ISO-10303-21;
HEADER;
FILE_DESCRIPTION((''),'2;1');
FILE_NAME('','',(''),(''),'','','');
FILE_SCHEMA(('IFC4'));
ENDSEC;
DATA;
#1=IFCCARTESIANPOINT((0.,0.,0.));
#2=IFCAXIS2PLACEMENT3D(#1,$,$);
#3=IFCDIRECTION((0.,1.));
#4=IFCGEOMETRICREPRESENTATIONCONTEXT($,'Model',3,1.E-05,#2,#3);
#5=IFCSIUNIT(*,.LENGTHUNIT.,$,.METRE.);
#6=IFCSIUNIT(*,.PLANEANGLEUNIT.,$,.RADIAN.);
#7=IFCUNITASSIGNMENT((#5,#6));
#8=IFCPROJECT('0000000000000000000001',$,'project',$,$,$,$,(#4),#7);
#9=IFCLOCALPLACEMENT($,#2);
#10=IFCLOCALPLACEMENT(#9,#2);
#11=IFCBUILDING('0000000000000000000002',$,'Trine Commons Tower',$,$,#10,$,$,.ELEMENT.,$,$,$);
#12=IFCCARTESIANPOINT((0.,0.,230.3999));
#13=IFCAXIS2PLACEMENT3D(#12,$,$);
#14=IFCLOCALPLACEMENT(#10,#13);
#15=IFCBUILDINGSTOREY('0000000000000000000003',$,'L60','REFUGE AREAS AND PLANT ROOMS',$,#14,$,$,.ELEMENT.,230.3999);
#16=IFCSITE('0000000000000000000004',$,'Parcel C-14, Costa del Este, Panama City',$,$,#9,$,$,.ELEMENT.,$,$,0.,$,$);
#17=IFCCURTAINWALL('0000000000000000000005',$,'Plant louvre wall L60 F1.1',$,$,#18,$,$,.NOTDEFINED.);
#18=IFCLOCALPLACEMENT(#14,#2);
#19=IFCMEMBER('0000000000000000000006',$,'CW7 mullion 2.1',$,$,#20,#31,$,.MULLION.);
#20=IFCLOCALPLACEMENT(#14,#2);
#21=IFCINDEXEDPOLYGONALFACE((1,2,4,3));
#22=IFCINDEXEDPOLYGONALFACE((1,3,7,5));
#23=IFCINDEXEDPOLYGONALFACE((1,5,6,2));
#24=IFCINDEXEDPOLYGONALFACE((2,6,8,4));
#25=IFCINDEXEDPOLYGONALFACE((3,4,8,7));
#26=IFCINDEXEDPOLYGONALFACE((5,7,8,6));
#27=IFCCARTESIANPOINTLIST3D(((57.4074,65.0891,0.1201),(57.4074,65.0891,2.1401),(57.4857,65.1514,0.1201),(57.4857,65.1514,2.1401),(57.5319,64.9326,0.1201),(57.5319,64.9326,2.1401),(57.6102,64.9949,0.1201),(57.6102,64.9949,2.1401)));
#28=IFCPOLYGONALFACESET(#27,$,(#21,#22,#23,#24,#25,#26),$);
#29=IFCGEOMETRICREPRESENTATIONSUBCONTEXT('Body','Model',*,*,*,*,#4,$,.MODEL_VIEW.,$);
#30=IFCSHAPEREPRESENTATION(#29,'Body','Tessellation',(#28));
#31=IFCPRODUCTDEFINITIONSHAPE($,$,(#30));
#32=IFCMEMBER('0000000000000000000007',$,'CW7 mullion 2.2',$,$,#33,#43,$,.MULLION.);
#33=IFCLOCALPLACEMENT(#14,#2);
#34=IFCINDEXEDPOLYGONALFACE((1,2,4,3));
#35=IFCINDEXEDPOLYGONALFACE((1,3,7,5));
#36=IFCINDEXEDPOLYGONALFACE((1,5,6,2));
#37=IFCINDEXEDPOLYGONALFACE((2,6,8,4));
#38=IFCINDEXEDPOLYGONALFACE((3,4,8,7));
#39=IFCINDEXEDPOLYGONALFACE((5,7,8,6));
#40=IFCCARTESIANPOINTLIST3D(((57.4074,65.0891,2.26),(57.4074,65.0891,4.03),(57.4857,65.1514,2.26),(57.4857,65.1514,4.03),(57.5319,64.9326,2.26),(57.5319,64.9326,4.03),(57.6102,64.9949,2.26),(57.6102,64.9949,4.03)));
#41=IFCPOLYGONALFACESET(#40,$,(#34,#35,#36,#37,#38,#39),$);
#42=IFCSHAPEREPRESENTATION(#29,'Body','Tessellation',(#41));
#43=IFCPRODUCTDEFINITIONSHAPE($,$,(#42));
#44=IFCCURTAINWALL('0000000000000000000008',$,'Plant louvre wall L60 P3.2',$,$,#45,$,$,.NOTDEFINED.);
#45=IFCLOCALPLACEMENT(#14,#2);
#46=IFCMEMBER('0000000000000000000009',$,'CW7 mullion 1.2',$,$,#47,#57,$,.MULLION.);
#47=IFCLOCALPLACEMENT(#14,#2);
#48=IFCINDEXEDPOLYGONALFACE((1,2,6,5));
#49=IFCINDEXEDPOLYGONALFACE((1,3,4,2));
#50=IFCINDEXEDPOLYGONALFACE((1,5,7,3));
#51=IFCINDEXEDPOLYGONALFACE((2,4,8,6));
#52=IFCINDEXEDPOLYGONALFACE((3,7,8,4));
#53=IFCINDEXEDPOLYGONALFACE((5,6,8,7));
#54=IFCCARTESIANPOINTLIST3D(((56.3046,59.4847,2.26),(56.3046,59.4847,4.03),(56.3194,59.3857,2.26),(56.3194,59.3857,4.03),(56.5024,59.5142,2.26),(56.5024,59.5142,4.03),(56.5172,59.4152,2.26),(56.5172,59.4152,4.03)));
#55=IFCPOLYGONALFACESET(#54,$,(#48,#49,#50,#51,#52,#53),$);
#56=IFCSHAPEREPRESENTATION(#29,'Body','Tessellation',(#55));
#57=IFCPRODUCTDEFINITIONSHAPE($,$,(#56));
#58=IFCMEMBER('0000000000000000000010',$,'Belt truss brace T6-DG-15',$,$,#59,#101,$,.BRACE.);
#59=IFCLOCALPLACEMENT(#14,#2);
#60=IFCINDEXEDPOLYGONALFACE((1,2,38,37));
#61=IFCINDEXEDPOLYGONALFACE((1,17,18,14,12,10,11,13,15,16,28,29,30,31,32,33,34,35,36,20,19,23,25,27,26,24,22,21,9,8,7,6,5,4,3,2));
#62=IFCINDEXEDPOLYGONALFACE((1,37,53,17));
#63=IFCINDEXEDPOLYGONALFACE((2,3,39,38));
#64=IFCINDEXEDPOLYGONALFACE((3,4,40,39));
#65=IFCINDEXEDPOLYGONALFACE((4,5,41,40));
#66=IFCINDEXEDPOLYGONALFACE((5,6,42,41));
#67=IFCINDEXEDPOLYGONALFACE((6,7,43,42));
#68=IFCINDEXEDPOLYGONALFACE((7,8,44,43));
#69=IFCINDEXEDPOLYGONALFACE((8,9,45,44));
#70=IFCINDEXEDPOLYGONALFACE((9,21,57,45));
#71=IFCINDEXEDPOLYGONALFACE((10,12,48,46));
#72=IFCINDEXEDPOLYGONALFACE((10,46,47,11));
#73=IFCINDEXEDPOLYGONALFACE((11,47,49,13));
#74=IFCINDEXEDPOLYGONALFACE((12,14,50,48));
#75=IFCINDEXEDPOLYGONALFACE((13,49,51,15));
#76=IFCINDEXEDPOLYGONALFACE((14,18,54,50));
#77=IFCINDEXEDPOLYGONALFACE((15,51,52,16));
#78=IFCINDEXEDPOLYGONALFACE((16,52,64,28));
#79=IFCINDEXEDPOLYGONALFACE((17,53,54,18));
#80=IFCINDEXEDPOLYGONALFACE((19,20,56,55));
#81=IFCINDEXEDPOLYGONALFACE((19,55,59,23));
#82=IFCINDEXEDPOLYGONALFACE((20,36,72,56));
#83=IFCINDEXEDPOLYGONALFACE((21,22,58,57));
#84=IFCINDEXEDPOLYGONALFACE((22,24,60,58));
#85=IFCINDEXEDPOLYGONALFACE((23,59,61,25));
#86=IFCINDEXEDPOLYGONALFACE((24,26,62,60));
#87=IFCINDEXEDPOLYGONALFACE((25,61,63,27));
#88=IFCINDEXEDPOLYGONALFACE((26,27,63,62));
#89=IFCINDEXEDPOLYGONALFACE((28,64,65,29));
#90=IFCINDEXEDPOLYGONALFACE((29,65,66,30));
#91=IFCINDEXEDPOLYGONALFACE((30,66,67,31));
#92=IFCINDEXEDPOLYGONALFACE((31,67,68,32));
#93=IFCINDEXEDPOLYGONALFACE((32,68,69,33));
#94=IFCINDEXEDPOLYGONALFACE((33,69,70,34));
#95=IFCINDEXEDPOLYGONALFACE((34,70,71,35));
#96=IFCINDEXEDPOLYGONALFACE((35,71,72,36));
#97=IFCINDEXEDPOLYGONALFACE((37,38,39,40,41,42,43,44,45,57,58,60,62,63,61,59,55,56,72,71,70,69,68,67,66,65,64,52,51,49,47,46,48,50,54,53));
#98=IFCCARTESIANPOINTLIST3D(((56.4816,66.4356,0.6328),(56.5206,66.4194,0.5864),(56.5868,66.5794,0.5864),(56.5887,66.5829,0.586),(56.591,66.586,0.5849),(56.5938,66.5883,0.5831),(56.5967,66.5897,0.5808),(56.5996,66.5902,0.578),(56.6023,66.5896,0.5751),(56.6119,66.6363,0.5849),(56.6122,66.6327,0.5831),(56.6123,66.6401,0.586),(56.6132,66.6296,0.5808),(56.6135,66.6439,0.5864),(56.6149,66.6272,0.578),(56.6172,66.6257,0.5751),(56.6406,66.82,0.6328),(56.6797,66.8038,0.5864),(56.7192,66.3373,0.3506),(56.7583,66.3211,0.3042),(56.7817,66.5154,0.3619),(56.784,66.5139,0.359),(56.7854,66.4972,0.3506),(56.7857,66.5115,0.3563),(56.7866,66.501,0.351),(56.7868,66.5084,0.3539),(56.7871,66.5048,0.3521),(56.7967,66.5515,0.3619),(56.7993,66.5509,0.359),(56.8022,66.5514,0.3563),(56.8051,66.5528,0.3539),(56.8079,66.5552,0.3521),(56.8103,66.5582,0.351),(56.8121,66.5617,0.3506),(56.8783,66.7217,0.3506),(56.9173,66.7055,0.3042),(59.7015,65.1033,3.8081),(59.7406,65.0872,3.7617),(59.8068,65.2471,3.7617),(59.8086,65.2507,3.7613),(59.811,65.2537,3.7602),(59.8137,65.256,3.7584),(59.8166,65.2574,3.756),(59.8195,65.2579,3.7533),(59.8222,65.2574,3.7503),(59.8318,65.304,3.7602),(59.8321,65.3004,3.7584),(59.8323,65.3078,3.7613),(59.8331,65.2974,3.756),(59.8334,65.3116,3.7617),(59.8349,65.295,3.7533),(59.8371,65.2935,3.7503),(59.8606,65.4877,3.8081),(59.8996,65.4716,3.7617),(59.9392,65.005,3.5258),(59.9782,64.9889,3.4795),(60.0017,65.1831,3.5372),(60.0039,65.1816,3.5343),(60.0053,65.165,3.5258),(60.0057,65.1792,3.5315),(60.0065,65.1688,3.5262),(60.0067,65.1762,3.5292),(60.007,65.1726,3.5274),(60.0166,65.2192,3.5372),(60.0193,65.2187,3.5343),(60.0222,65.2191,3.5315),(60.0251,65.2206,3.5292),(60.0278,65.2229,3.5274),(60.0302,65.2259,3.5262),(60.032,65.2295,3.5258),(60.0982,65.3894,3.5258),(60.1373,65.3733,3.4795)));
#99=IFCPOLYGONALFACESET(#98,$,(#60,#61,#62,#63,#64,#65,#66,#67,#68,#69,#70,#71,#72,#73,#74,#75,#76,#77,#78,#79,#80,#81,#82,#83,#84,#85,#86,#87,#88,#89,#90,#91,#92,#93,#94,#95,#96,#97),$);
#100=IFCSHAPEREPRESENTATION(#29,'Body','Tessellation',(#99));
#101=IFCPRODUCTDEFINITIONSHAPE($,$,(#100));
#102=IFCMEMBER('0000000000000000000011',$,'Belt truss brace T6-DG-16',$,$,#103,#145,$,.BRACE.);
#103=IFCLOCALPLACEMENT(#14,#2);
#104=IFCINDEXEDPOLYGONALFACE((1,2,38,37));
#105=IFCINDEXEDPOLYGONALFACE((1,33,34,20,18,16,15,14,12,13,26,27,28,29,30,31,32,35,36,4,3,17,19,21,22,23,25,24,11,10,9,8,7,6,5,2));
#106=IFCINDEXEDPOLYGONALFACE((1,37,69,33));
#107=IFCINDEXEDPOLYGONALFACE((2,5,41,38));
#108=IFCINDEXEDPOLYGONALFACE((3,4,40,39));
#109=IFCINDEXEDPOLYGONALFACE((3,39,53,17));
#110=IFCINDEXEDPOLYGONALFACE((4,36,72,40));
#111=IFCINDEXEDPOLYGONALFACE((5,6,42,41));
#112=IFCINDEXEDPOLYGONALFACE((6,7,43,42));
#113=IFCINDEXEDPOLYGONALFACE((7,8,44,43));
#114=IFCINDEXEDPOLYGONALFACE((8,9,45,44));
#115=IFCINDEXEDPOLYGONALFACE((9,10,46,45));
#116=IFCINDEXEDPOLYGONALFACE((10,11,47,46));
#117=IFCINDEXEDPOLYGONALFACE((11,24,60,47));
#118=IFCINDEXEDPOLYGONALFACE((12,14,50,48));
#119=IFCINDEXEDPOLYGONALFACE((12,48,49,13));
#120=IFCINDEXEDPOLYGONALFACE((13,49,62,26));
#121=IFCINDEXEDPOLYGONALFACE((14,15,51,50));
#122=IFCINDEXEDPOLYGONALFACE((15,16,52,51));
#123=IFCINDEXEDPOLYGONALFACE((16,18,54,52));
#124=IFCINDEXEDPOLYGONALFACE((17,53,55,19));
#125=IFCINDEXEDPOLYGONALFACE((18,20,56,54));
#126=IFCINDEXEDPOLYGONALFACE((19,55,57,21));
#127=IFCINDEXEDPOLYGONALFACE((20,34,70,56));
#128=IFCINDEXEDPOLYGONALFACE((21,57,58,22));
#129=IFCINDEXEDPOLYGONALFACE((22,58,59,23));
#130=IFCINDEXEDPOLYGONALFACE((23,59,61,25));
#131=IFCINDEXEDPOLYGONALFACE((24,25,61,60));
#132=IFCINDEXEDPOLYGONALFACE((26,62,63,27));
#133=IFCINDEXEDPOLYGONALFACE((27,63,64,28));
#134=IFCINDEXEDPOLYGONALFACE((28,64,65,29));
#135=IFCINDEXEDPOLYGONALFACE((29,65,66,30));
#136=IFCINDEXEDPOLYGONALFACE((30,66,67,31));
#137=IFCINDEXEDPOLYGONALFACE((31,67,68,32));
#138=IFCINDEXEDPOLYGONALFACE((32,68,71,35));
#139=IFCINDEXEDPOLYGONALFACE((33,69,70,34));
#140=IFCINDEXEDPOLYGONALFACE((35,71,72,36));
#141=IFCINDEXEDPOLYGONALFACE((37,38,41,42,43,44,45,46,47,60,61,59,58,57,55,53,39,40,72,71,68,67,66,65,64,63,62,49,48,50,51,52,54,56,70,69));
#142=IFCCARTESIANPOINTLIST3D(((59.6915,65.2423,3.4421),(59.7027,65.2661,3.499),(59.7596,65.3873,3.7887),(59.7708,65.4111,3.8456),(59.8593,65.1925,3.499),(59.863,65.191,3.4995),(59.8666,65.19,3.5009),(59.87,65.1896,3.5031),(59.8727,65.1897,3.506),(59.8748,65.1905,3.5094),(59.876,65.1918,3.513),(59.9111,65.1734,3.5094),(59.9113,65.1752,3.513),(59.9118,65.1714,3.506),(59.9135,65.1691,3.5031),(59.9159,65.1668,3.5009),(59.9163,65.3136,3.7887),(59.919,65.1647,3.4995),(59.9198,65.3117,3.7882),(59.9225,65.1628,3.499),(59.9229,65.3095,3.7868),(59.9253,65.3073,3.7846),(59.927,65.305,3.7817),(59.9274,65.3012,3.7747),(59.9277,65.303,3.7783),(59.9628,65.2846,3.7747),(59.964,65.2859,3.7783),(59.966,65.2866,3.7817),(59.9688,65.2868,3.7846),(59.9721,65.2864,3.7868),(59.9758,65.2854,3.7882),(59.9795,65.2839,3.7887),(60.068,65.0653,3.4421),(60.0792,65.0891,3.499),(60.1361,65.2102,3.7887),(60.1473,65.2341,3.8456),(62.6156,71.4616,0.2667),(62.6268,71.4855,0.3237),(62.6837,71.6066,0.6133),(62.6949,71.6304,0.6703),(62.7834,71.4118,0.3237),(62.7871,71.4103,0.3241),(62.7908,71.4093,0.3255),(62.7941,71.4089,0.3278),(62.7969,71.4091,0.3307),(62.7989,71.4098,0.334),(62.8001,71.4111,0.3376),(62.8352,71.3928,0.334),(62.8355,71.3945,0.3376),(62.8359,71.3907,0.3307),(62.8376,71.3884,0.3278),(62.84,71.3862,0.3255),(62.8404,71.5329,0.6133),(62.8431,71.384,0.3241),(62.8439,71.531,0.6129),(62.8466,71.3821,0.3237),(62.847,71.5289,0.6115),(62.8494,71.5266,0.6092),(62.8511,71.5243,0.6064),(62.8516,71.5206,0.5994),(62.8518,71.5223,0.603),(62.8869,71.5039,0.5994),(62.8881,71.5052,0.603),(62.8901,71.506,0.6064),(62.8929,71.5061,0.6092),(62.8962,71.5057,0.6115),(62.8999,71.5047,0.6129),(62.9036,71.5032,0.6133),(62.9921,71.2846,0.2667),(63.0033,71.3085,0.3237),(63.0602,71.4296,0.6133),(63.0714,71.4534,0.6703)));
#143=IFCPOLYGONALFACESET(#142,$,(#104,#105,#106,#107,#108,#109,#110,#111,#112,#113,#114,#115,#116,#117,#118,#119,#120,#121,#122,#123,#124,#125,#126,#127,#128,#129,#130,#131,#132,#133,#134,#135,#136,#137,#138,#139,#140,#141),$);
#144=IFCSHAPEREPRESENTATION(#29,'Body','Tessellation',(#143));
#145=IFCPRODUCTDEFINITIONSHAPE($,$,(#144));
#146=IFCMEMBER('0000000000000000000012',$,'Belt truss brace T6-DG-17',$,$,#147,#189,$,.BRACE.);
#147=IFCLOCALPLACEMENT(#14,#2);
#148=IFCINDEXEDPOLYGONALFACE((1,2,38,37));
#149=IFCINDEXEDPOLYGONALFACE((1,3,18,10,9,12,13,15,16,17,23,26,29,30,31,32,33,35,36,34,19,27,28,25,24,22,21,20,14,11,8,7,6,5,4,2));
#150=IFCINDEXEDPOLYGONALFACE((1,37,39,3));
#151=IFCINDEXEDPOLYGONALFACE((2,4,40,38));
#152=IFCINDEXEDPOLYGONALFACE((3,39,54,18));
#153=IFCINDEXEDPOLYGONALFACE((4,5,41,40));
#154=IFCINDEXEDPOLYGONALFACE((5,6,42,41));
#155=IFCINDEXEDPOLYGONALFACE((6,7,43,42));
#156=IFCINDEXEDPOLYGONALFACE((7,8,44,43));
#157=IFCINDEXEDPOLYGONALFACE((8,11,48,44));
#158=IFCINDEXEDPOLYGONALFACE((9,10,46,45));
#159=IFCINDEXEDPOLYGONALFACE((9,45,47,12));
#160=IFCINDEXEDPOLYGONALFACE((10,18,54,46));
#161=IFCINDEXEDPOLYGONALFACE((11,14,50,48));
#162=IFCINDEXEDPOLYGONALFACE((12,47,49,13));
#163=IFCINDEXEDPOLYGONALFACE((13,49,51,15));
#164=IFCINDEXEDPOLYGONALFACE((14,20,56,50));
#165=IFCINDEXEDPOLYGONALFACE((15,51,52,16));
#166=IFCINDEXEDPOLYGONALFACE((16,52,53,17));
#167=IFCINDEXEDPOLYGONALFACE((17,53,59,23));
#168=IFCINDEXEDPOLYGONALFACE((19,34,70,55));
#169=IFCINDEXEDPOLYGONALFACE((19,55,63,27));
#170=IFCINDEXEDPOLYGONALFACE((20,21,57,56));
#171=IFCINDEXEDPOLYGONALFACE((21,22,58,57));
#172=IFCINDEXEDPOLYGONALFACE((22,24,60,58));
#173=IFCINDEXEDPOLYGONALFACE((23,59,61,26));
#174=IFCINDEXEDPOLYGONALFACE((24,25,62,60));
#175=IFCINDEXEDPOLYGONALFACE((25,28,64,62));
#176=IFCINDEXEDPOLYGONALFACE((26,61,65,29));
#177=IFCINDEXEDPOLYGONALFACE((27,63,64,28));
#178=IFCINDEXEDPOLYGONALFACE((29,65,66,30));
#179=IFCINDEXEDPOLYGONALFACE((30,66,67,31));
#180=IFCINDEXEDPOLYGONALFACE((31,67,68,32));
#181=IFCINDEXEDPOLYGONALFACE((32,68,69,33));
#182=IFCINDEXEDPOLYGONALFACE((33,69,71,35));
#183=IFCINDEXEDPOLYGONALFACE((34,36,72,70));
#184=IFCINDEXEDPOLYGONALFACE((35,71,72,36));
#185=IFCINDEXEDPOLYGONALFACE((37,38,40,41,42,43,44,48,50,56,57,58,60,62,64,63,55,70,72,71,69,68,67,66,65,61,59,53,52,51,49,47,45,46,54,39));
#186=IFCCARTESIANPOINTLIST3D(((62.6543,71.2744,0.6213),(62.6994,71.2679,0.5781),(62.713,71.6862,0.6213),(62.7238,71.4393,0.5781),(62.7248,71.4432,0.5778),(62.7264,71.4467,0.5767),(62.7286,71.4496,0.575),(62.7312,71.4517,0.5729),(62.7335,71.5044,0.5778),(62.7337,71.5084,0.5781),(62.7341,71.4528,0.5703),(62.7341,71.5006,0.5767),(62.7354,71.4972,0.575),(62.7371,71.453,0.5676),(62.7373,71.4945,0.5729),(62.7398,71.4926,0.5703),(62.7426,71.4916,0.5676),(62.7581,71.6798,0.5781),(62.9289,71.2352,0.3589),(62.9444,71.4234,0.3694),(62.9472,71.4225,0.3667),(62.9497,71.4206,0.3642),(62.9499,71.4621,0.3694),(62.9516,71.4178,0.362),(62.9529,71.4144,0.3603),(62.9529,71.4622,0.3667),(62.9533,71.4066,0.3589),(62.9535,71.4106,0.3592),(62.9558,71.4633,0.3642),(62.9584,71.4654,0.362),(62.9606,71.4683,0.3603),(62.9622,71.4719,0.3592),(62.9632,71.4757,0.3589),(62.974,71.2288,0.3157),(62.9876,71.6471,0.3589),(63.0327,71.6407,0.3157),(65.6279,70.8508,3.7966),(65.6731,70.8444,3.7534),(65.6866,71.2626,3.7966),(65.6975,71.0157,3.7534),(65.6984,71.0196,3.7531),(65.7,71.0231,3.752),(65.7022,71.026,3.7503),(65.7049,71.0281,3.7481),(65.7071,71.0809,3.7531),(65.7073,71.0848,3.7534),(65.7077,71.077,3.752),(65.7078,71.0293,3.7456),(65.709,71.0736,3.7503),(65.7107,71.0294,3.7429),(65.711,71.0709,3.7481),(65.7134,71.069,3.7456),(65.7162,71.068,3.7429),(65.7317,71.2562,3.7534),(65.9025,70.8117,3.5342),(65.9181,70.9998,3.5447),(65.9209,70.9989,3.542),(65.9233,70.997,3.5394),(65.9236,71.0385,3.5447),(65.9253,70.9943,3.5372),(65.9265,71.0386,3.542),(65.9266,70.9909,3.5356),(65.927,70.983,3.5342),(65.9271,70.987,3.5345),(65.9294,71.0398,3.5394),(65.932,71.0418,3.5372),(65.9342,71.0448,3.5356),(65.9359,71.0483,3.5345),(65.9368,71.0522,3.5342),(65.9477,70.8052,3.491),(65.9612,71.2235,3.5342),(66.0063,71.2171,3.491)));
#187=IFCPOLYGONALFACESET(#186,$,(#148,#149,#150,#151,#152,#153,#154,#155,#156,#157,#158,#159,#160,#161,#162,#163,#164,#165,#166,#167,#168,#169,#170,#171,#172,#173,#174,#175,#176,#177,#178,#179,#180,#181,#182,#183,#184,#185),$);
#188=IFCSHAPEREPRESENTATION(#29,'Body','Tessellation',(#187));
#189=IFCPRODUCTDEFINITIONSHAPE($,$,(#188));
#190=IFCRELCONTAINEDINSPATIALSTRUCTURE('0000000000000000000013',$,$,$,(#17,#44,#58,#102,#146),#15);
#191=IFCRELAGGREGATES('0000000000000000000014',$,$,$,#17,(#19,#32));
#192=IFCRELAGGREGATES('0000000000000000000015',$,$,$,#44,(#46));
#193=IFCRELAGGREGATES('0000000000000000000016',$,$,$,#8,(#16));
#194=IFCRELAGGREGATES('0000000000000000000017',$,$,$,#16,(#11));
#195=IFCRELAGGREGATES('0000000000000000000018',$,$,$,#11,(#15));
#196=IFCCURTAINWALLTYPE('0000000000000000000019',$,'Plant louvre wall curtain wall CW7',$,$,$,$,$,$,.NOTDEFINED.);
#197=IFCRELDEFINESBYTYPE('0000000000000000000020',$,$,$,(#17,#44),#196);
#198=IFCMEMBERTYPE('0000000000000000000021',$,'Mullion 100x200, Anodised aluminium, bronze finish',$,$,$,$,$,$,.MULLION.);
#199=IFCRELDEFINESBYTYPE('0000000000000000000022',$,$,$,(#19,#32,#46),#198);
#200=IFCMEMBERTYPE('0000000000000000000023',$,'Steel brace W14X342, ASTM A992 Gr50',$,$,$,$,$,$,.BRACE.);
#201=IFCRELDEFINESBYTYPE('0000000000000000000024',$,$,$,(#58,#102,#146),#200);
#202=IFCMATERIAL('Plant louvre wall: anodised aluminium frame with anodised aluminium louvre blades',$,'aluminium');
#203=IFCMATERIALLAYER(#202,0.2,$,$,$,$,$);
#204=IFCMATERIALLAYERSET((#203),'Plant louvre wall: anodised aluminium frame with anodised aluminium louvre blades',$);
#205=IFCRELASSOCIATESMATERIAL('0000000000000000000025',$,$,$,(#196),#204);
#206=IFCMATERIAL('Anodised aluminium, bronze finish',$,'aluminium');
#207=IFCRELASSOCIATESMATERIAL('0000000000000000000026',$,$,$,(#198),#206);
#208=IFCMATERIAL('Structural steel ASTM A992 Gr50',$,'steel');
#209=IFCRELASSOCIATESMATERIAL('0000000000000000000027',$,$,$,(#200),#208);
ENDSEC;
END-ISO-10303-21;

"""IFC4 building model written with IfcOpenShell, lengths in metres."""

from ifc_helpers import new_model, si_unit, direction, frame, origin, origin_2d, place, context, subcontext, project, spatial, rectangle, i_section, extrude, material, layer, layer_set, material_profile, profile_set, type_object, element, aggregate, save


model = new_model("IFC4")

# Units and contexts
model_context = context("Model", 3, precision=1e-05, world=origin(), true_north=direction((0.0, 1.0)))
body_context = subcontext(model_context, "Body", "Model", "MODEL_VIEW")
ifc_project = project(units=[si_unit("LENGTHUNIT", "METRE"), si_unit("PLANEANGLEUNIT", "RADIAN")], contexts=[model_context])

# Site, building, storey
site_placement = place(None, origin())
site = spatial("IfcSite", under=ifc_project, at=site_placement, Name="Parcel C-14, Costa del Este, Panama City", CompositionType="ELEMENT", RefElevation=0.0)
building_placement = place(site_placement, origin())
building = spatial("IfcBuilding", under=site, at=building_placement, Name="Trine Commons Tower", CompositionType="ELEMENT")
storey_placement = place(building_placement, frame((0.0, 0.0, 230.3999)))
storey = spatial("IfcBuildingStorey", under=building, at=storey_placement, Name="L60", Description="REFUGE AREAS AND PLANT ROOMS", CompositionType="ELEMENT", Elevation=230.3999)

# Curtain wall, members
ifc_material_1 = material(Name="Plant louvre wall: anodised aluminium frame with anodised aluminium louvre blades", Category="aluminium")
ifc_layer_1 = layer(ifc_material_1, 0.2)
ifc_layer_set_1 = layer_set([ifc_layer_1], Name="Plant louvre wall: anodised aluminium frame with anodised aluminium louvre blades")
curtain_wall_type = type_object("IfcCurtainWallType", Name="Plant louvre wall curtain wall CW7", PredefinedType="NOTDEFINED", material=ifc_layer_set_1)
curtain_wall_1_placement = place(storey_placement, origin())
curtain_wall_1 = element("IfcCurtainWall", 1, at=curtain_wall_1_placement, inside=storey, type_object=curtain_wall_type, Name="Plant louvre wall L60 F1.1", PredefinedType="NOTDEFINED")
ifc_material_2 = material(Name="Anodised aluminium, bronze finish", Category="aluminium")
ifc_material_profile_1 = material_profile(ifc_material_2, rectangle(XDim=0.2, YDim=0.1001, at=origin_2d()), Name="Mullion 100x200")
ifc_profile_set_1 = profile_set([ifc_material_profile_1], Name="Anodised aluminium, bronze finish")
member_type_1 = type_object("IfcMemberType", Name="Mullion 100x200, Anodised aluminium, bronze finish", PredefinedType="MULLION", material=ifc_profile_set_1)
member_1_placement = place(storey_placement, frame((57.5088, 65.042, 0.1201), z_axis=(0.0, 0.0, 1.0), x_axis=(-0.622515, 0.782608, 0.0)))
member_1 = element("IfcMember", 2, at=member_1_placement, type_object=member_type_1, Name="CW7 mullion 2.1", PredefinedType="MULLION", context=body_context, shape_type="SweptSolid", body=[
    extrude(rectangle(XDim=0.2, YDim=0.1001, at=origin_2d()), origin(), (0.0, 0.0, 1.0), 2.02),
])
member_2_placement = place(storey_placement, frame((57.5088, 65.042, 2.26), z_axis=(0.0, 0.0, 1.0), x_axis=(-0.622515, 0.782608, 0.0)))
member_2 = element("IfcMember", 3, at=member_2_placement, type_object=member_type_1, Name="CW7 mullion 2.2", PredefinedType="MULLION", context=body_context, shape_type="SweptSolid", body=[
    extrude(rectangle(XDim=0.2, YDim=0.1001, at=origin_2d()), origin(), (0.0, 0.0, 1.0), 1.77),
])
aggregate(curtain_wall_1, [member_1, member_2])

# Curtain wall, member
curtain_wall_2_placement = place(storey_placement, origin())
curtain_wall_2 = element("IfcCurtainWall", 4, at=curtain_wall_2_placement, inside=storey, type_object=curtain_wall_type, Name="Plant louvre wall L60 P3.2", PredefinedType="NOTDEFINED")
member_3_placement = place(storey_placement, frame((56.4109, 59.45, 2.26), z_axis=(0.0, 0.0, 1.0), x_axis=(-0.989016, -0.147809, 0.0)))
member_3 = element("IfcMember", 5, at=member_3_placement, type_object=member_type_1, Name="CW7 mullion 1.2", PredefinedType="MULLION", context=body_context, shape_type="SweptSolid", body=[
    extrude(rectangle(XDim=0.2, YDim=0.1001, at=origin_2d()), origin(), (0.0, 0.0, 1.0), 1.77),
])

# Members
ifc_material_3 = material(Name="Structural steel ASTM A992 Gr50", Category="steel")
ifc_material_profile_2 = material_profile(ifc_material_3, i_section(OverallWidth=0.416, OverallDepth=0.4446, WebThickness=0.0391, FlangeThickness=0.0627, FilletRadius=0.0154, at=origin_2d()), Name="W14X342")
ifc_profile_set_2 = profile_set([ifc_material_profile_2], Name="Structural steel ASTM A992 Gr50")
member_type_2 = type_object("IfcMemberType", Name="Steel brace W14X342, ASTM A992 Gr50", PredefinedType="BRACE", material=ifc_profile_set_2)
member_4_placement = place(storey_placement, frame((56.6995, 66.5706, 0.4685), z_axis=(0.683006, -0.282596, 0.673529), x_axis=(0.382321, 0.92403, 0.0)))
element("IfcMember", 6, at=member_4_placement, inside=storey, type_object=member_type_2, Name="Belt truss brace T6-DG-15", PredefinedType="BRACE", context=body_context, shape_type="SweptSolid", body=[
    extrude(i_section(OverallWidth=0.416, OverallDepth=0.4446, WebThickness=0.0391, FlangeThickness=0.0627, FilletRadius=0.0154, at=origin_2d()), origin(), (0.0, 0.0, 1.0), 4.7144),
])
member_5_placement = place(storey_placement, frame((62.8435, 71.4575, 0.4685), z_axis=(-0.386248, -0.821516, 0.419433), x_axis=(0.904966, -0.425484, 0.0)))
element("IfcMember", 7, at=member_5_placement, inside=storey, type_object=member_type_2, Name="Belt truss brace T6-DG-16", PredefinedType="BRACE", context=body_context, shape_type="SweptSolid", body=[
    extrude(i_section(OverallWidth=0.416, OverallDepth=0.4446, WebThickness=0.0391, FlangeThickness=0.0627, FilletRadius=0.0154, at=origin_2d()), origin(), (0.0, 0.0, 1.0), 7.5706),
])
member_6_placement = place(storey_placement, frame((62.8435, 71.4575, 0.4685), z_axis=(0.680332, -0.096911, 0.726469), x_axis=(0.141023, 0.990006, 0.0)))
element("IfcMember", 8, at=member_6_placement, inside=storey, type_object=member_type_2, Name="Belt truss brace T6-DG-17", PredefinedType="BRACE", context=body_context, shape_type="SweptSolid", body=[
    extrude(i_section(OverallWidth=0.416, OverallDepth=0.4446, WebThickness=0.0391, FlangeThickness=0.0627, FilletRadius=0.0154, at=origin_2d()), origin(), (0.0, 0.0, 1.0), 4.3708),
])

aggregate(curtain_wall_2, [member_3])

save(model, "model.ifc")
